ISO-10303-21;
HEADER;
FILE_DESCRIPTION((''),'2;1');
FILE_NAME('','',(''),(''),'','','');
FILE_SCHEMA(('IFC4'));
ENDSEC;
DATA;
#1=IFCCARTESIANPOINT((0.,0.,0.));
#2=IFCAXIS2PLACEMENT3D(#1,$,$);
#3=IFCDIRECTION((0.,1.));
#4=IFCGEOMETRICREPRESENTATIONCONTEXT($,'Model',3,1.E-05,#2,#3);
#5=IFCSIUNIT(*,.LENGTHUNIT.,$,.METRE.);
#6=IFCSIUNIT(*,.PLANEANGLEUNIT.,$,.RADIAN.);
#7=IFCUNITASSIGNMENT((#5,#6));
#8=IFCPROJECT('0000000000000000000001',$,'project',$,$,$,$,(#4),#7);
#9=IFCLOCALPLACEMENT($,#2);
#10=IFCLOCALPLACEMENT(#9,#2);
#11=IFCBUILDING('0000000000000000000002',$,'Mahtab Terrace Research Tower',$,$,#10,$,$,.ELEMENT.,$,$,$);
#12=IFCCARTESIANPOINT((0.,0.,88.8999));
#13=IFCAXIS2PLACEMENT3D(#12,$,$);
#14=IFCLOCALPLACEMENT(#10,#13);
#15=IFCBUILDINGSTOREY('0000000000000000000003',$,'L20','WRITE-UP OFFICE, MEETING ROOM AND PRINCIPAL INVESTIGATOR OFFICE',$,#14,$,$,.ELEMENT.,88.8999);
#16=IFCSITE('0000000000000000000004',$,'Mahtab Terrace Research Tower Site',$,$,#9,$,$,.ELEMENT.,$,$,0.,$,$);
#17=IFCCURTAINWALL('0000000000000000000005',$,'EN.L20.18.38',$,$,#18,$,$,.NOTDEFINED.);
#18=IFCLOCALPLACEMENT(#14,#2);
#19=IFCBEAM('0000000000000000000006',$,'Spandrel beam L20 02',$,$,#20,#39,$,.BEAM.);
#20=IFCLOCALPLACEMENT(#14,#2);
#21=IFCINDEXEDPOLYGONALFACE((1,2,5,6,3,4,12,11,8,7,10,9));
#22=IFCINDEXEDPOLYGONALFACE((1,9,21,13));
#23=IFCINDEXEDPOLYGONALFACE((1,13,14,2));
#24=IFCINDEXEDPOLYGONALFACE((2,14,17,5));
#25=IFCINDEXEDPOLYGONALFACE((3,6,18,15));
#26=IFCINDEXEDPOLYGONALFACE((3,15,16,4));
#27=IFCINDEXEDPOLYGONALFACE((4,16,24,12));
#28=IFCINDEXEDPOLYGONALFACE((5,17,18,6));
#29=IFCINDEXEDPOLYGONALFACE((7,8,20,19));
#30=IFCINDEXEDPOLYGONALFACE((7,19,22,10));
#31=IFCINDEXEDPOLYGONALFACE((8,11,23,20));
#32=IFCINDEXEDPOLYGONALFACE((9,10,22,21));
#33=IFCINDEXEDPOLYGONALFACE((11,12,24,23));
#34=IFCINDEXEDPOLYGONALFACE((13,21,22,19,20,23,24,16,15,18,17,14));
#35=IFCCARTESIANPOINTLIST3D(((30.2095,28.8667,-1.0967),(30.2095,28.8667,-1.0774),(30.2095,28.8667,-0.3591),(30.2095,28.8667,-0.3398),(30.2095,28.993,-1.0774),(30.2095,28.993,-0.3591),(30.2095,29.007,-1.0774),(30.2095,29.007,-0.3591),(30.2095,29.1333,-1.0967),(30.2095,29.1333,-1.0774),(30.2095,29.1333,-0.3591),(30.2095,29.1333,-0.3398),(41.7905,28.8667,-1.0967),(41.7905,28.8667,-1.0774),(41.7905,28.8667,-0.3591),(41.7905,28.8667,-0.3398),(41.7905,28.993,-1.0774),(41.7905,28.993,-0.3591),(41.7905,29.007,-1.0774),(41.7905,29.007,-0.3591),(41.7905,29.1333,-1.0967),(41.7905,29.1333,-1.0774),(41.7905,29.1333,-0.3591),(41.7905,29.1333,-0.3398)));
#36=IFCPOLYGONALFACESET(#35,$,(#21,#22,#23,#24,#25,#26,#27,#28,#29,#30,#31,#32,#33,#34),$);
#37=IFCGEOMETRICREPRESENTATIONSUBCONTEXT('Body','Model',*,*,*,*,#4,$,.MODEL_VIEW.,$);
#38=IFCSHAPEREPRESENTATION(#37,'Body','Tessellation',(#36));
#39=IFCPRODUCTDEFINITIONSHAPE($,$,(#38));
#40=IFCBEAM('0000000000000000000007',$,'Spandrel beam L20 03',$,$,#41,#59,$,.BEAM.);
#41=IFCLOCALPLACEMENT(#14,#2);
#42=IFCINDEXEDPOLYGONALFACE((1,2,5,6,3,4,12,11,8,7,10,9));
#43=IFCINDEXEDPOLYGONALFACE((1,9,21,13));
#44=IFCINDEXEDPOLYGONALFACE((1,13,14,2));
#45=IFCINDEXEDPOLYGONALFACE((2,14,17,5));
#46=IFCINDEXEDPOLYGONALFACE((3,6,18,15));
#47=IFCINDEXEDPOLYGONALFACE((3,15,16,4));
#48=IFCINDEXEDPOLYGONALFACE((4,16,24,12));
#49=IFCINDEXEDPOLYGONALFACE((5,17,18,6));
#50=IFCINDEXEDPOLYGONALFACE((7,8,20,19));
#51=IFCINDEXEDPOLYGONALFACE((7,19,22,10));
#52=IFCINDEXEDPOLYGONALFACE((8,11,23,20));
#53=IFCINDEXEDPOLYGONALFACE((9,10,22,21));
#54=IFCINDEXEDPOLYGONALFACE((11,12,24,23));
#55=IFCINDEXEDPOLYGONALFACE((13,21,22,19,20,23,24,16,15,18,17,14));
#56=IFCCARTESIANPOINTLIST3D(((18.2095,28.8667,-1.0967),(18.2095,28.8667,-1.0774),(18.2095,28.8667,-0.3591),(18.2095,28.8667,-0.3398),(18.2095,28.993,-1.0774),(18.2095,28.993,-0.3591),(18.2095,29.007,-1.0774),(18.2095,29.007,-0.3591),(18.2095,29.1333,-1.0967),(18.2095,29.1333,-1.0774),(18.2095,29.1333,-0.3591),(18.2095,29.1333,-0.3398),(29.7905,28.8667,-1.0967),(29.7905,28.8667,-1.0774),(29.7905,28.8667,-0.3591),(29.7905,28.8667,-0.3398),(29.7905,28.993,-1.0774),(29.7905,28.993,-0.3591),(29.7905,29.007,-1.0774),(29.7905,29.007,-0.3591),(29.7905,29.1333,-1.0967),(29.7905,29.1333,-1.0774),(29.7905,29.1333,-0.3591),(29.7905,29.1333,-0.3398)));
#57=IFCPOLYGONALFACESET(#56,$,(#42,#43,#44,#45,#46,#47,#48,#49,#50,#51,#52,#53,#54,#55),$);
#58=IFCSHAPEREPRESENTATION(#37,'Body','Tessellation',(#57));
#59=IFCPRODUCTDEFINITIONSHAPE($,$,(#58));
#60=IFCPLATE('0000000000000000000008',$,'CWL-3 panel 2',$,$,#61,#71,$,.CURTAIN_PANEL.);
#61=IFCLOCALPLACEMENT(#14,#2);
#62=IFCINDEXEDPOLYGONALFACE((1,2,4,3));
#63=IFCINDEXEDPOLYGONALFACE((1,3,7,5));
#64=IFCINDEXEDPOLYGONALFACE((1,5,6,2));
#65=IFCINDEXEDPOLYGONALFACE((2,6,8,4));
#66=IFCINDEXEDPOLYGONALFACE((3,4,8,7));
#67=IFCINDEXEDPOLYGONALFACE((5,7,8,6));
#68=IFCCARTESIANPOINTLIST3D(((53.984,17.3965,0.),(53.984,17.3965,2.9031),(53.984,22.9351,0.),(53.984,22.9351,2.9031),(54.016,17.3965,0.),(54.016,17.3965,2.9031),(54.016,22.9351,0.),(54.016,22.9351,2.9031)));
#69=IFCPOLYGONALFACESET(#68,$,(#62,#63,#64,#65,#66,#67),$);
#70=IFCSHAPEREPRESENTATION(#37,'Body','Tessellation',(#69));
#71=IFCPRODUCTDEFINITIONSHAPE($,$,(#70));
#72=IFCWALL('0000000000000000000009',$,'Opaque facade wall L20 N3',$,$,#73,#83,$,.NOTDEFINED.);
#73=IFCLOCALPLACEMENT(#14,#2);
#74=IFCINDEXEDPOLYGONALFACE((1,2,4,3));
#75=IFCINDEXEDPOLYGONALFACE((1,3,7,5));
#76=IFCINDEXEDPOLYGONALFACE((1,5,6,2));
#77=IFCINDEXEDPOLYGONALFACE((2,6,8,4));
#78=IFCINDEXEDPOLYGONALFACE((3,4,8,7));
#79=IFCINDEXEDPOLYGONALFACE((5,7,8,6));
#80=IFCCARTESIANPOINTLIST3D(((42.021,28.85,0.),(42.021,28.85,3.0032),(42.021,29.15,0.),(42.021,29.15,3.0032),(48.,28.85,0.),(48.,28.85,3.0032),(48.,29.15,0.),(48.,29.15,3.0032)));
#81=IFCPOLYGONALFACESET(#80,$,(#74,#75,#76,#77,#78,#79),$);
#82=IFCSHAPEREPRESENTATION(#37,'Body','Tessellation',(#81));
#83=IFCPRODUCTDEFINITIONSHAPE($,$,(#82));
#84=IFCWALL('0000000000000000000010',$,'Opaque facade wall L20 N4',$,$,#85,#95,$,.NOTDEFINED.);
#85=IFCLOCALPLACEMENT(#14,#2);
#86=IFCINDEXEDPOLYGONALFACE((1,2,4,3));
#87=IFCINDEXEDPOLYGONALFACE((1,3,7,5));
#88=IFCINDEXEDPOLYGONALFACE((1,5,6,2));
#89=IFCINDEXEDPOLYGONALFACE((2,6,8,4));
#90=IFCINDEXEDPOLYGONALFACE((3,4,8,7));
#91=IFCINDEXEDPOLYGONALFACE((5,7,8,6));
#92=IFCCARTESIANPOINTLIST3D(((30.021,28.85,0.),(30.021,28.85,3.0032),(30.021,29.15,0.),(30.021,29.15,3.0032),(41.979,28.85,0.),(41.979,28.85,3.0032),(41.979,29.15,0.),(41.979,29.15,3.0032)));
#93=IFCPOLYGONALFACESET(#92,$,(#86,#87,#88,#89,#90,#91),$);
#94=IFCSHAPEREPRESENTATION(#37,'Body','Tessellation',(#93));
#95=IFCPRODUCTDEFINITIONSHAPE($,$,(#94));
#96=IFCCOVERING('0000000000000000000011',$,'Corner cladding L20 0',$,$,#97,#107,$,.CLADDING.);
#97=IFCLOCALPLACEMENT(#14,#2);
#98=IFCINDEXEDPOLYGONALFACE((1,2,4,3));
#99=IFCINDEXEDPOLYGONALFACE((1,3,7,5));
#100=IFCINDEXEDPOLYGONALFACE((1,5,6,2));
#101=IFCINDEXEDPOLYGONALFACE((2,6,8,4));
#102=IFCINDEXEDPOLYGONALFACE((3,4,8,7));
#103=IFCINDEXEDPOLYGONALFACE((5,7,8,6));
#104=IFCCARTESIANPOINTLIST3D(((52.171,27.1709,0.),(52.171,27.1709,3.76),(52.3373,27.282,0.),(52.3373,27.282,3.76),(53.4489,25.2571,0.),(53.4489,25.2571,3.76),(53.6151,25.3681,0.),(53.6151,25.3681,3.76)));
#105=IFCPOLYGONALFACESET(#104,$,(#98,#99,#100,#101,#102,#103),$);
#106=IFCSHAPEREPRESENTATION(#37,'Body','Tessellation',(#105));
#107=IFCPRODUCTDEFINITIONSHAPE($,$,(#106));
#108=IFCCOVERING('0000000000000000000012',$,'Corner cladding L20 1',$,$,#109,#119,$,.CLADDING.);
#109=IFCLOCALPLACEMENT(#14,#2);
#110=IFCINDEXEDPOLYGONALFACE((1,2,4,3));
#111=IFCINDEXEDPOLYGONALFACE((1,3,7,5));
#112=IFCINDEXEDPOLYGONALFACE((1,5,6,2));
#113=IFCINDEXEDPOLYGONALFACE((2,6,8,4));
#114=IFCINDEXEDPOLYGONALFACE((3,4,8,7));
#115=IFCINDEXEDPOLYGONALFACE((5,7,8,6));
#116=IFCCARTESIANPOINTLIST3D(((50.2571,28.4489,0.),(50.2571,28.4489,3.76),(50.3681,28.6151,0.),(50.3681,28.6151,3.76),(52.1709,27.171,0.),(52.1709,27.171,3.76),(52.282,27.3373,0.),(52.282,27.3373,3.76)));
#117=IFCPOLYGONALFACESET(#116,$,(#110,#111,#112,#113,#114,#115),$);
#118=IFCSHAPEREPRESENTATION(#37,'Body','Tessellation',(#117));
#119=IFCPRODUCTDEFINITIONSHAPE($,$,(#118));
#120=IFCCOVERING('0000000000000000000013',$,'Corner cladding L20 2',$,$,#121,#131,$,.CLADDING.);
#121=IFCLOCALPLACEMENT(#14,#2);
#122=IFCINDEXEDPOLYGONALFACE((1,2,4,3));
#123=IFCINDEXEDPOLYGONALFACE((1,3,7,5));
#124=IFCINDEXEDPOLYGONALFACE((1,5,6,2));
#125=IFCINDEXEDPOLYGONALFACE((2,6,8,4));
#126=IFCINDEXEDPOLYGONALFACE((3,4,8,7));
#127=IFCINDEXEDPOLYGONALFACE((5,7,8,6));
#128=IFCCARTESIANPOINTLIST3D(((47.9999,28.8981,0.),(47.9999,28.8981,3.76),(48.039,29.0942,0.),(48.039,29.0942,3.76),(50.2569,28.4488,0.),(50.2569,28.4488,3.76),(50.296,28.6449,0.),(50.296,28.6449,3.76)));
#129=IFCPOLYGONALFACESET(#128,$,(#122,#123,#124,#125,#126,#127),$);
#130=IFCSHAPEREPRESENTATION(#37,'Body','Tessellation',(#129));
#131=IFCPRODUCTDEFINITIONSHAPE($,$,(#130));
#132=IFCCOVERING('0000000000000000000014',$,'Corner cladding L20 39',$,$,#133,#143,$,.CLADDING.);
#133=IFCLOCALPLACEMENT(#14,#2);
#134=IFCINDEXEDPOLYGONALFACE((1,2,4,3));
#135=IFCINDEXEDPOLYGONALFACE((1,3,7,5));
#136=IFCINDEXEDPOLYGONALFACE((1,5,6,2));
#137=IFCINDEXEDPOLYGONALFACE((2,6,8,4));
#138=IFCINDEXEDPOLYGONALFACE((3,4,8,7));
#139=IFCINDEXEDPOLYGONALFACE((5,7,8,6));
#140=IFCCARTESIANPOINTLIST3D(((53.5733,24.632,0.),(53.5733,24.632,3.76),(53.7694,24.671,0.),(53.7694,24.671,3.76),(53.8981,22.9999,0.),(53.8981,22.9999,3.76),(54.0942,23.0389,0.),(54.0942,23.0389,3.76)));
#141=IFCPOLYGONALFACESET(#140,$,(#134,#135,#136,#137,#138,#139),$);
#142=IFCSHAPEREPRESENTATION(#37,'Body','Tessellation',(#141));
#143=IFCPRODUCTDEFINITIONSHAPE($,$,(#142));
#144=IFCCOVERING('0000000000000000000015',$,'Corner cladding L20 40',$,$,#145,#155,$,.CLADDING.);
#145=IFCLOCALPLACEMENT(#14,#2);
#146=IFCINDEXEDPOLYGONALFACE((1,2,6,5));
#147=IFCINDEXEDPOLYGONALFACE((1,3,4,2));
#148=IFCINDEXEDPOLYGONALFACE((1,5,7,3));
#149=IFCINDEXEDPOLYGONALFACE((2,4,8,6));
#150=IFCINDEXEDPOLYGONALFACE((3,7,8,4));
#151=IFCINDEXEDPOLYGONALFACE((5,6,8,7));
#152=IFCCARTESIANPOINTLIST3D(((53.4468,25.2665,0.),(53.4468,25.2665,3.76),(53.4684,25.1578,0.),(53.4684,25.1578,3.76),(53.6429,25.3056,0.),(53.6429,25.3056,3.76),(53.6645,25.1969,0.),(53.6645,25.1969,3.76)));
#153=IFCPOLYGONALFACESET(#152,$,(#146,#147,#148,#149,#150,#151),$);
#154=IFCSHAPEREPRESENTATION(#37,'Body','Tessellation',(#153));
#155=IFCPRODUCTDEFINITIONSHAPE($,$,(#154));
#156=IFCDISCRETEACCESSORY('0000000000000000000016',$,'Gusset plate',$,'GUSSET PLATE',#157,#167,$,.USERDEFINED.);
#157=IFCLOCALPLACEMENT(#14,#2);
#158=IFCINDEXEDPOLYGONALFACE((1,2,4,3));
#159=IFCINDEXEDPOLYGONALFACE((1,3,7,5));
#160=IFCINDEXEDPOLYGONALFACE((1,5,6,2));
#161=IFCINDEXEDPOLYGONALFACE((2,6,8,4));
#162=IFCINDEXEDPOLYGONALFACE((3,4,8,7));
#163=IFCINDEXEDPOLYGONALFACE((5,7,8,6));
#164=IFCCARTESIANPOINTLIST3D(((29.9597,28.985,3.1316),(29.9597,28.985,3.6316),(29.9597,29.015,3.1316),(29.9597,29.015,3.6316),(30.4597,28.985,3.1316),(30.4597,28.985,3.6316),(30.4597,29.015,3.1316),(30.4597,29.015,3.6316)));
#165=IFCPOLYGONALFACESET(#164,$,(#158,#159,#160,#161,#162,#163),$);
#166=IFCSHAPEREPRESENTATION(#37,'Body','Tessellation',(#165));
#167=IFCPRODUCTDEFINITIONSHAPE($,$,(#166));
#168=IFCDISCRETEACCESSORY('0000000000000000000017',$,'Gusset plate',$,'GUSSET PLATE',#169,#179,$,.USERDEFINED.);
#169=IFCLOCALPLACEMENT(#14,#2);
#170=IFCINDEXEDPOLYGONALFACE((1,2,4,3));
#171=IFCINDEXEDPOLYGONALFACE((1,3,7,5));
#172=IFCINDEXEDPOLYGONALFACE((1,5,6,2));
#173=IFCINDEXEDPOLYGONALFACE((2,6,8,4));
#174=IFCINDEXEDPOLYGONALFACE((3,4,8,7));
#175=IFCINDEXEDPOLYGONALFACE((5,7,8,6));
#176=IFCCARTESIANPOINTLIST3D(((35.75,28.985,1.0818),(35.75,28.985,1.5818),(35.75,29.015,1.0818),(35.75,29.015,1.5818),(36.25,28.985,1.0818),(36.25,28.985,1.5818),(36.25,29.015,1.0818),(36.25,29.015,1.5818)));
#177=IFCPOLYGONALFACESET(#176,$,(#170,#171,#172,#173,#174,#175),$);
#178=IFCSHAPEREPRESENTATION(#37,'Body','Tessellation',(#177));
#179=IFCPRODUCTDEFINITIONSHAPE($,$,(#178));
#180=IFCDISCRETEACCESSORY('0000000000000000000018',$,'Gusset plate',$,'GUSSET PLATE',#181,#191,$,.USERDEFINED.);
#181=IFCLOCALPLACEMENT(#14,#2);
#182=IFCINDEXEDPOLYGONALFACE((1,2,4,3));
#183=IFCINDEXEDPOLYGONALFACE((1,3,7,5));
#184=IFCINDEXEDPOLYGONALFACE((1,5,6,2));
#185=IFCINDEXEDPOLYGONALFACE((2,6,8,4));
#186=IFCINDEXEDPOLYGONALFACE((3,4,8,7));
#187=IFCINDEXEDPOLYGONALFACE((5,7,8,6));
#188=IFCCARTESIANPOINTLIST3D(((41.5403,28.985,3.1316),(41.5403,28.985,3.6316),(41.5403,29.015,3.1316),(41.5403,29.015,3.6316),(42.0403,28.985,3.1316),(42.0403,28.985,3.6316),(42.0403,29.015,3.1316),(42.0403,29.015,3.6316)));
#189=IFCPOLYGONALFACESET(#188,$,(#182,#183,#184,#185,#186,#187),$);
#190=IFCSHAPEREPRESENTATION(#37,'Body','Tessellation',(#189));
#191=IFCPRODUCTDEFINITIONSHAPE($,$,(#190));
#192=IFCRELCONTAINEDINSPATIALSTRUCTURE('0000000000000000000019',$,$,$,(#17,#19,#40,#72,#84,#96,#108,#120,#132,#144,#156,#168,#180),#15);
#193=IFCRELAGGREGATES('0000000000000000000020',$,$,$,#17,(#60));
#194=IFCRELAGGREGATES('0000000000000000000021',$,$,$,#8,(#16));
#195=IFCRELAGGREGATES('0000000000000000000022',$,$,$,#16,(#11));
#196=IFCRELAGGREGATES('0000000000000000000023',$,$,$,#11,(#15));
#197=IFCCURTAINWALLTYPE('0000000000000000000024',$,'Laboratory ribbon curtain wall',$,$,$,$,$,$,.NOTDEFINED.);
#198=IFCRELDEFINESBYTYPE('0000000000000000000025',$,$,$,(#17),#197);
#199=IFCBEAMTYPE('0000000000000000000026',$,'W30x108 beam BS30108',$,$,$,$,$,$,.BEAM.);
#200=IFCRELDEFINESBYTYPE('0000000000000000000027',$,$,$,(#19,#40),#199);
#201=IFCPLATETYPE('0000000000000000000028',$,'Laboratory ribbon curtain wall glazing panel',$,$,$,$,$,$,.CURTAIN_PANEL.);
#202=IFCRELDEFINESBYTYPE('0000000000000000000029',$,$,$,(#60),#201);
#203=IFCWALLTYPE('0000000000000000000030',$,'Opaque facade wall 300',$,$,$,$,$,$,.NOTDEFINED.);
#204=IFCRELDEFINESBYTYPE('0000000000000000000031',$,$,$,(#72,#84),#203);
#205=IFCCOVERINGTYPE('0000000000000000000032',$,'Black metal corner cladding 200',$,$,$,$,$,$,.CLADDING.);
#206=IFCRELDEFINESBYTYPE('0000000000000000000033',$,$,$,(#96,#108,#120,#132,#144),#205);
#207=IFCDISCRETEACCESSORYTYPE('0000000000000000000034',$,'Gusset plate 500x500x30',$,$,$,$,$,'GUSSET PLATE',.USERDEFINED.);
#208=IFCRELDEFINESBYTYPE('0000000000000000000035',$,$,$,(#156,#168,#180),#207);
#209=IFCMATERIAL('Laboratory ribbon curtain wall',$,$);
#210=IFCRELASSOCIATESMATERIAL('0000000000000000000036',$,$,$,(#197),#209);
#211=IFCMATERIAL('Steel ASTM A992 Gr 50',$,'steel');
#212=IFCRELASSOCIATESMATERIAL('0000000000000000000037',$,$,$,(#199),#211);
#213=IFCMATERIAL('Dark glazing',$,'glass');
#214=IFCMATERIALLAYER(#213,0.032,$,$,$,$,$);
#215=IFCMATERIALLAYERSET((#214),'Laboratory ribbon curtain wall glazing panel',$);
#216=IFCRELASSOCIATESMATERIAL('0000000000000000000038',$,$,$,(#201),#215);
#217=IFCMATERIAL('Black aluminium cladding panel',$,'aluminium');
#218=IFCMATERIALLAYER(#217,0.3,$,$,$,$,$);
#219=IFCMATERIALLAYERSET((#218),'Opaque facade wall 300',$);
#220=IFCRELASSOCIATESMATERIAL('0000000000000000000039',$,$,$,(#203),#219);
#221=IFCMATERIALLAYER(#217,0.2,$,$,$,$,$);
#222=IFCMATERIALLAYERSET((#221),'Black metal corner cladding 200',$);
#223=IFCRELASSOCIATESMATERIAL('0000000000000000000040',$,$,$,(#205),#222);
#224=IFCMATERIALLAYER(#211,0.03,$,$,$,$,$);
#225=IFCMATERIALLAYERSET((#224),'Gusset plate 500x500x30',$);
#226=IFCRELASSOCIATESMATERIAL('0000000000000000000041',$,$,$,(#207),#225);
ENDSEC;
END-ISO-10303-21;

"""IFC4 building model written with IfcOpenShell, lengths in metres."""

from ifc_helpers import new_model, si_unit, direction, frame, frame_2d, origin, origin_2d, place, context, subcontext, project, spatial, rectangle, i_section, extrude, material, layer, layer_set, material_profile, profile_set, type_object, element, aggregate, save


model = new_model("IFC4")

# Units and contexts
model_context = context("Model", 3, precision=1e-05, world=origin(), true_north=direction((0.0, 1.0)))
body_context = subcontext(model_context, "Body", "Model", "MODEL_VIEW")
ifc_project = project(units=[si_unit("LENGTHUNIT", "METRE"), si_unit("PLANEANGLEUNIT", "RADIAN")], contexts=[model_context])

# Site, building, storey
site_placement = place(None, origin())
site = spatial("IfcSite", under=ifc_project, at=site_placement, Name="Mahtab Terrace Research Tower Site", CompositionType="ELEMENT", RefElevation=0.0)
building_placement = place(site_placement, origin())
building = spatial("IfcBuilding", under=site, at=building_placement, Name="Mahtab Terrace Research Tower", CompositionType="ELEMENT")
storey_placement = place(building_placement, frame((0.0, 0.0, 88.8999)))
storey = spatial("IfcBuildingStorey", under=building, at=storey_placement, Name="L20", Description="WRITE-UP OFFICE, MEETING ROOM AND PRINCIPAL INVESTIGATOR OFFICE", CompositionType="ELEMENT", Elevation=88.8999)

# Shared definitions
ifc_material_1 = material(Name="Steel ASTM A992 Gr 50", Category="steel")

# Curtain wall
ifc_material_2 = material(Name="Laboratory ribbon curtain wall")
curtain_wall_type = type_object("IfcCurtainWallType", Name="Laboratory ribbon curtain wall", PredefinedType="NOTDEFINED", material=ifc_material_2)
curtain_wall_1_placement = place(storey_placement, origin())
curtain_wall_1 = element("IfcCurtainWall", 1, at=curtain_wall_1_placement, inside=storey, type_object=curtain_wall_type, Name="EN.L20.18.38", PredefinedType="NOTDEFINED")

# Beams
ifc_material_profile_1 = material_profile(ifc_material_1, i_section(OverallWidth=0.2666, OverallDepth=0.7568, WebThickness=0.0139, FlangeThickness=0.0193, at=origin_2d()), Name="W30X108")
ifc_profile_set_1 = profile_set([ifc_material_profile_1], Name="Steel ASTM A992 Gr 50")
beam_type = type_object("IfcBeamType", Name="W30x108 beam BS30108", PredefinedType="BEAM", material=ifc_profile_set_1)
for number, where, z_axis, x_axis, name in (
    (2, (41.7905, 29.0, -0.7183), (-1.0, 0.0, 0.0), (0.0, -1.0, 0.0), "Spandrel beam L20 02"),
    (3, (29.7905, 29.0, -0.7183), (-1.0, 0.0, 0.0), (0.0, -1.0, 0.0), "Spandrel beam L20 03"),
):
    element("IfcBeam", number, at=place(storey_placement, frame(where, z_axis=z_axis, x_axis=x_axis)), inside=storey, type_object=beam_type, Name=name, PredefinedType="BEAM", context=body_context, shape_type="SweptSolid", body=[
        extrude(i_section(OverallWidth=0.2666, OverallDepth=0.7568, WebThickness=0.0139, FlangeThickness=0.0193, at=origin_2d()), origin(), (0.0, 0.0, 1.0), 11.5811),
    ])

# Plate
ifc_material_3 = material(Name="Dark glazing", Category="glass")
ifc_layer_1 = layer(ifc_material_3, 0.032)
ifc_layer_set_1 = layer_set([ifc_layer_1], Name="Laboratory ribbon curtain wall glazing panel")
plate_type = type_object("IfcPlateType", Name="Laboratory ribbon curtain wall glazing panel", PredefinedType="CURTAIN_PANEL", material=ifc_layer_set_1)
plate_placement = place(storey_placement, frame((54.0, 20.1658, 0.0), z_axis=(0.0, 0.0, 1.0), x_axis=(0.0, 1.0, 0.0)))
plate = element("IfcPlate", 4, at=plate_placement, type_object=plate_type, Name="CWL-3 panel 2", PredefinedType="CURTAIN_PANEL", context=body_context, shape_type="SweptSolid", body=[
    extrude(rectangle(XDim=5.5386, YDim=0.032, at=origin_2d()), origin(), (0.0, 0.0, 1.0), 2.9031),
])
aggregate(curtain_wall_1, [plate])

# Walls
ifc_material_4 = material(Name="Black aluminium cladding panel", Category="aluminium")
ifc_layer_2 = layer(ifc_material_4, 0.3)
ifc_layer_set_2 = layer_set([ifc_layer_2], Name="Opaque facade wall 300")
wall_type = type_object("IfcWallType", Name="Opaque facade wall 300", PredefinedType="NOTDEFINED", material=ifc_layer_set_2)
wall_1_placement = place(storey_placement, frame((48.0, 29.0, 0.0), z_axis=(0.0, 0.0, 1.0), x_axis=(-1.0, 0.0, 0.0)))
element("IfcWall", 5, at=wall_1_placement, inside=storey, type_object=wall_type, Name="Opaque facade wall L20 N3", PredefinedType="NOTDEFINED", context=body_context, shape_type="SweptSolid", body=[
    extrude(rectangle(XDim=5.979, YDim=0.3, at=frame_2d((2.9895, 0.0))), origin(), (0.0, 0.0, 1.0), 3.0032),
])
wall_2_placement = place(storey_placement, frame((41.979, 29.0, 0.0), z_axis=(0.0, 0.0, 1.0), x_axis=(-1.0, 0.0, 0.0)))
element("IfcWall", 6, at=wall_2_placement, inside=storey, type_object=wall_type, Name="Opaque facade wall L20 N4", PredefinedType="NOTDEFINED", context=body_context, shape_type="SweptSolid", body=[
    extrude(rectangle(XDim=11.958, YDim=0.3, at=frame_2d((5.979, 0.0))), origin(), (0.0, 0.0, 1.0), 3.0032),
])

# Coverings
ifc_layer_3 = layer(ifc_material_4, 0.2)
ifc_layer_set_3 = layer_set([ifc_layer_3], Name="Black metal corner cladding 200")
covering_type = type_object("IfcCoveringType", Name="Black metal corner cladding 200", PredefinedType="CLADDING", material=ifc_layer_set_3)
for number, where, z_axis, x_axis, name in (
    (7, (52.8931, 26.2695, 0.0), (0.0, 0.0, 1.0), (-0.555291, 0.831656, 0.0), "Corner cladding L20 0"),
    (8, (51.2695, 27.8931, 0.0), (0.0, 0.0, 1.0), (-0.831656, 0.555291, 0.0), "Corner cladding L20 1"),
    (9, (49.1479, 28.7715, 0.0), (0.0, 0.0, 1.0), (-0.980761, 0.195212, 0.0), "Corner cladding L20 2"),
):
    element("IfcCovering", number, at=place(storey_placement, frame(where, z_axis=z_axis, x_axis=x_axis)), inside=storey, type_object=covering_type, Name=name, PredefinedType="CLADDING", context=body_context, shape_type="SweptSolid", body=[
        extrude(rectangle(XDim=2.3013, YDim=0.2, at=origin_2d()), origin(), (0.0, 0.0, 1.0), 3.76),
    ])
covering_1_placement = place(storey_placement, frame((53.8337, 23.8354, 0.0), z_axis=(0.0, 0.0, 1.0), x_axis=(-0.195212, 0.980761, 0.0)))
element("IfcCovering", 10, at=covering_1_placement, inside=storey, type_object=covering_type, Name="Corner cladding L20 39", PredefinedType="CLADDING", context=body_context, shape_type="SweptSolid", body=[
    extrude(rectangle(XDim=1.6641, YDim=0.2, at=origin_2d()), origin(), (0.0, 0.0, 1.0), 3.76),
])
covering_2_placement = place(storey_placement, frame((53.5557, 25.2317, 0.0), z_axis=(0.0, 0.0, 1.0), x_axis=(-0.195212, 0.980761, 0.0)))
element("IfcCovering", 11, at=covering_2_placement, inside=storey, type_object=covering_type, Name="Corner cladding L20 40", PredefinedType="CLADDING", context=body_context, shape_type="SweptSolid", body=[
    extrude(rectangle(XDim=0.1108, YDim=0.2, at=origin_2d()), origin(), (0.0, 0.0, 1.0), 3.76),
])

# Discrete accessories
ifc_layer_4 = layer(ifc_material_1, 0.03)
ifc_layer_set_4 = layer_set([ifc_layer_4], Name="Gusset plate 500x500x30")
discrete_accessory_type = type_object("IfcDiscreteAccessoryType", Name="Gusset plate 500x500x30", ElementType="GUSSET PLATE", PredefinedType="USERDEFINED", material=ifc_layer_set_4)
for number, where, z_axis, x_axis, name in (
    (12, (30.2097, 29.0, 3.1316), (0.0, 0.0, 1.0), (1.0, 0.0, 0.0), "Gusset plate"),
    (13, (36.0, 29.0, 1.0818), (0.0, 0.0, 1.0), (1.0, 0.0, 0.0), "Gusset plate"),
    (14, (41.7903, 29.0, 3.1316), (0.0, 0.0, 1.0), (1.0, 0.0, 0.0), "Gusset plate"),
):
    element("IfcDiscreteAccessory", number, at=place(storey_placement, frame(where, z_axis=z_axis, x_axis=x_axis)), inside=storey, type_object=discrete_accessory_type, Name=name, ObjectType="GUSSET PLATE", PredefinedType="USERDEFINED", context=body_context, shape_type="SweptSolid", body=[
        extrude(rectangle(XDim=0.5, YDim=0.03, at=origin_2d()), origin(), (0.0, 0.0, 1.0), 0.5),
    ])

save(model, "model.ifc")
